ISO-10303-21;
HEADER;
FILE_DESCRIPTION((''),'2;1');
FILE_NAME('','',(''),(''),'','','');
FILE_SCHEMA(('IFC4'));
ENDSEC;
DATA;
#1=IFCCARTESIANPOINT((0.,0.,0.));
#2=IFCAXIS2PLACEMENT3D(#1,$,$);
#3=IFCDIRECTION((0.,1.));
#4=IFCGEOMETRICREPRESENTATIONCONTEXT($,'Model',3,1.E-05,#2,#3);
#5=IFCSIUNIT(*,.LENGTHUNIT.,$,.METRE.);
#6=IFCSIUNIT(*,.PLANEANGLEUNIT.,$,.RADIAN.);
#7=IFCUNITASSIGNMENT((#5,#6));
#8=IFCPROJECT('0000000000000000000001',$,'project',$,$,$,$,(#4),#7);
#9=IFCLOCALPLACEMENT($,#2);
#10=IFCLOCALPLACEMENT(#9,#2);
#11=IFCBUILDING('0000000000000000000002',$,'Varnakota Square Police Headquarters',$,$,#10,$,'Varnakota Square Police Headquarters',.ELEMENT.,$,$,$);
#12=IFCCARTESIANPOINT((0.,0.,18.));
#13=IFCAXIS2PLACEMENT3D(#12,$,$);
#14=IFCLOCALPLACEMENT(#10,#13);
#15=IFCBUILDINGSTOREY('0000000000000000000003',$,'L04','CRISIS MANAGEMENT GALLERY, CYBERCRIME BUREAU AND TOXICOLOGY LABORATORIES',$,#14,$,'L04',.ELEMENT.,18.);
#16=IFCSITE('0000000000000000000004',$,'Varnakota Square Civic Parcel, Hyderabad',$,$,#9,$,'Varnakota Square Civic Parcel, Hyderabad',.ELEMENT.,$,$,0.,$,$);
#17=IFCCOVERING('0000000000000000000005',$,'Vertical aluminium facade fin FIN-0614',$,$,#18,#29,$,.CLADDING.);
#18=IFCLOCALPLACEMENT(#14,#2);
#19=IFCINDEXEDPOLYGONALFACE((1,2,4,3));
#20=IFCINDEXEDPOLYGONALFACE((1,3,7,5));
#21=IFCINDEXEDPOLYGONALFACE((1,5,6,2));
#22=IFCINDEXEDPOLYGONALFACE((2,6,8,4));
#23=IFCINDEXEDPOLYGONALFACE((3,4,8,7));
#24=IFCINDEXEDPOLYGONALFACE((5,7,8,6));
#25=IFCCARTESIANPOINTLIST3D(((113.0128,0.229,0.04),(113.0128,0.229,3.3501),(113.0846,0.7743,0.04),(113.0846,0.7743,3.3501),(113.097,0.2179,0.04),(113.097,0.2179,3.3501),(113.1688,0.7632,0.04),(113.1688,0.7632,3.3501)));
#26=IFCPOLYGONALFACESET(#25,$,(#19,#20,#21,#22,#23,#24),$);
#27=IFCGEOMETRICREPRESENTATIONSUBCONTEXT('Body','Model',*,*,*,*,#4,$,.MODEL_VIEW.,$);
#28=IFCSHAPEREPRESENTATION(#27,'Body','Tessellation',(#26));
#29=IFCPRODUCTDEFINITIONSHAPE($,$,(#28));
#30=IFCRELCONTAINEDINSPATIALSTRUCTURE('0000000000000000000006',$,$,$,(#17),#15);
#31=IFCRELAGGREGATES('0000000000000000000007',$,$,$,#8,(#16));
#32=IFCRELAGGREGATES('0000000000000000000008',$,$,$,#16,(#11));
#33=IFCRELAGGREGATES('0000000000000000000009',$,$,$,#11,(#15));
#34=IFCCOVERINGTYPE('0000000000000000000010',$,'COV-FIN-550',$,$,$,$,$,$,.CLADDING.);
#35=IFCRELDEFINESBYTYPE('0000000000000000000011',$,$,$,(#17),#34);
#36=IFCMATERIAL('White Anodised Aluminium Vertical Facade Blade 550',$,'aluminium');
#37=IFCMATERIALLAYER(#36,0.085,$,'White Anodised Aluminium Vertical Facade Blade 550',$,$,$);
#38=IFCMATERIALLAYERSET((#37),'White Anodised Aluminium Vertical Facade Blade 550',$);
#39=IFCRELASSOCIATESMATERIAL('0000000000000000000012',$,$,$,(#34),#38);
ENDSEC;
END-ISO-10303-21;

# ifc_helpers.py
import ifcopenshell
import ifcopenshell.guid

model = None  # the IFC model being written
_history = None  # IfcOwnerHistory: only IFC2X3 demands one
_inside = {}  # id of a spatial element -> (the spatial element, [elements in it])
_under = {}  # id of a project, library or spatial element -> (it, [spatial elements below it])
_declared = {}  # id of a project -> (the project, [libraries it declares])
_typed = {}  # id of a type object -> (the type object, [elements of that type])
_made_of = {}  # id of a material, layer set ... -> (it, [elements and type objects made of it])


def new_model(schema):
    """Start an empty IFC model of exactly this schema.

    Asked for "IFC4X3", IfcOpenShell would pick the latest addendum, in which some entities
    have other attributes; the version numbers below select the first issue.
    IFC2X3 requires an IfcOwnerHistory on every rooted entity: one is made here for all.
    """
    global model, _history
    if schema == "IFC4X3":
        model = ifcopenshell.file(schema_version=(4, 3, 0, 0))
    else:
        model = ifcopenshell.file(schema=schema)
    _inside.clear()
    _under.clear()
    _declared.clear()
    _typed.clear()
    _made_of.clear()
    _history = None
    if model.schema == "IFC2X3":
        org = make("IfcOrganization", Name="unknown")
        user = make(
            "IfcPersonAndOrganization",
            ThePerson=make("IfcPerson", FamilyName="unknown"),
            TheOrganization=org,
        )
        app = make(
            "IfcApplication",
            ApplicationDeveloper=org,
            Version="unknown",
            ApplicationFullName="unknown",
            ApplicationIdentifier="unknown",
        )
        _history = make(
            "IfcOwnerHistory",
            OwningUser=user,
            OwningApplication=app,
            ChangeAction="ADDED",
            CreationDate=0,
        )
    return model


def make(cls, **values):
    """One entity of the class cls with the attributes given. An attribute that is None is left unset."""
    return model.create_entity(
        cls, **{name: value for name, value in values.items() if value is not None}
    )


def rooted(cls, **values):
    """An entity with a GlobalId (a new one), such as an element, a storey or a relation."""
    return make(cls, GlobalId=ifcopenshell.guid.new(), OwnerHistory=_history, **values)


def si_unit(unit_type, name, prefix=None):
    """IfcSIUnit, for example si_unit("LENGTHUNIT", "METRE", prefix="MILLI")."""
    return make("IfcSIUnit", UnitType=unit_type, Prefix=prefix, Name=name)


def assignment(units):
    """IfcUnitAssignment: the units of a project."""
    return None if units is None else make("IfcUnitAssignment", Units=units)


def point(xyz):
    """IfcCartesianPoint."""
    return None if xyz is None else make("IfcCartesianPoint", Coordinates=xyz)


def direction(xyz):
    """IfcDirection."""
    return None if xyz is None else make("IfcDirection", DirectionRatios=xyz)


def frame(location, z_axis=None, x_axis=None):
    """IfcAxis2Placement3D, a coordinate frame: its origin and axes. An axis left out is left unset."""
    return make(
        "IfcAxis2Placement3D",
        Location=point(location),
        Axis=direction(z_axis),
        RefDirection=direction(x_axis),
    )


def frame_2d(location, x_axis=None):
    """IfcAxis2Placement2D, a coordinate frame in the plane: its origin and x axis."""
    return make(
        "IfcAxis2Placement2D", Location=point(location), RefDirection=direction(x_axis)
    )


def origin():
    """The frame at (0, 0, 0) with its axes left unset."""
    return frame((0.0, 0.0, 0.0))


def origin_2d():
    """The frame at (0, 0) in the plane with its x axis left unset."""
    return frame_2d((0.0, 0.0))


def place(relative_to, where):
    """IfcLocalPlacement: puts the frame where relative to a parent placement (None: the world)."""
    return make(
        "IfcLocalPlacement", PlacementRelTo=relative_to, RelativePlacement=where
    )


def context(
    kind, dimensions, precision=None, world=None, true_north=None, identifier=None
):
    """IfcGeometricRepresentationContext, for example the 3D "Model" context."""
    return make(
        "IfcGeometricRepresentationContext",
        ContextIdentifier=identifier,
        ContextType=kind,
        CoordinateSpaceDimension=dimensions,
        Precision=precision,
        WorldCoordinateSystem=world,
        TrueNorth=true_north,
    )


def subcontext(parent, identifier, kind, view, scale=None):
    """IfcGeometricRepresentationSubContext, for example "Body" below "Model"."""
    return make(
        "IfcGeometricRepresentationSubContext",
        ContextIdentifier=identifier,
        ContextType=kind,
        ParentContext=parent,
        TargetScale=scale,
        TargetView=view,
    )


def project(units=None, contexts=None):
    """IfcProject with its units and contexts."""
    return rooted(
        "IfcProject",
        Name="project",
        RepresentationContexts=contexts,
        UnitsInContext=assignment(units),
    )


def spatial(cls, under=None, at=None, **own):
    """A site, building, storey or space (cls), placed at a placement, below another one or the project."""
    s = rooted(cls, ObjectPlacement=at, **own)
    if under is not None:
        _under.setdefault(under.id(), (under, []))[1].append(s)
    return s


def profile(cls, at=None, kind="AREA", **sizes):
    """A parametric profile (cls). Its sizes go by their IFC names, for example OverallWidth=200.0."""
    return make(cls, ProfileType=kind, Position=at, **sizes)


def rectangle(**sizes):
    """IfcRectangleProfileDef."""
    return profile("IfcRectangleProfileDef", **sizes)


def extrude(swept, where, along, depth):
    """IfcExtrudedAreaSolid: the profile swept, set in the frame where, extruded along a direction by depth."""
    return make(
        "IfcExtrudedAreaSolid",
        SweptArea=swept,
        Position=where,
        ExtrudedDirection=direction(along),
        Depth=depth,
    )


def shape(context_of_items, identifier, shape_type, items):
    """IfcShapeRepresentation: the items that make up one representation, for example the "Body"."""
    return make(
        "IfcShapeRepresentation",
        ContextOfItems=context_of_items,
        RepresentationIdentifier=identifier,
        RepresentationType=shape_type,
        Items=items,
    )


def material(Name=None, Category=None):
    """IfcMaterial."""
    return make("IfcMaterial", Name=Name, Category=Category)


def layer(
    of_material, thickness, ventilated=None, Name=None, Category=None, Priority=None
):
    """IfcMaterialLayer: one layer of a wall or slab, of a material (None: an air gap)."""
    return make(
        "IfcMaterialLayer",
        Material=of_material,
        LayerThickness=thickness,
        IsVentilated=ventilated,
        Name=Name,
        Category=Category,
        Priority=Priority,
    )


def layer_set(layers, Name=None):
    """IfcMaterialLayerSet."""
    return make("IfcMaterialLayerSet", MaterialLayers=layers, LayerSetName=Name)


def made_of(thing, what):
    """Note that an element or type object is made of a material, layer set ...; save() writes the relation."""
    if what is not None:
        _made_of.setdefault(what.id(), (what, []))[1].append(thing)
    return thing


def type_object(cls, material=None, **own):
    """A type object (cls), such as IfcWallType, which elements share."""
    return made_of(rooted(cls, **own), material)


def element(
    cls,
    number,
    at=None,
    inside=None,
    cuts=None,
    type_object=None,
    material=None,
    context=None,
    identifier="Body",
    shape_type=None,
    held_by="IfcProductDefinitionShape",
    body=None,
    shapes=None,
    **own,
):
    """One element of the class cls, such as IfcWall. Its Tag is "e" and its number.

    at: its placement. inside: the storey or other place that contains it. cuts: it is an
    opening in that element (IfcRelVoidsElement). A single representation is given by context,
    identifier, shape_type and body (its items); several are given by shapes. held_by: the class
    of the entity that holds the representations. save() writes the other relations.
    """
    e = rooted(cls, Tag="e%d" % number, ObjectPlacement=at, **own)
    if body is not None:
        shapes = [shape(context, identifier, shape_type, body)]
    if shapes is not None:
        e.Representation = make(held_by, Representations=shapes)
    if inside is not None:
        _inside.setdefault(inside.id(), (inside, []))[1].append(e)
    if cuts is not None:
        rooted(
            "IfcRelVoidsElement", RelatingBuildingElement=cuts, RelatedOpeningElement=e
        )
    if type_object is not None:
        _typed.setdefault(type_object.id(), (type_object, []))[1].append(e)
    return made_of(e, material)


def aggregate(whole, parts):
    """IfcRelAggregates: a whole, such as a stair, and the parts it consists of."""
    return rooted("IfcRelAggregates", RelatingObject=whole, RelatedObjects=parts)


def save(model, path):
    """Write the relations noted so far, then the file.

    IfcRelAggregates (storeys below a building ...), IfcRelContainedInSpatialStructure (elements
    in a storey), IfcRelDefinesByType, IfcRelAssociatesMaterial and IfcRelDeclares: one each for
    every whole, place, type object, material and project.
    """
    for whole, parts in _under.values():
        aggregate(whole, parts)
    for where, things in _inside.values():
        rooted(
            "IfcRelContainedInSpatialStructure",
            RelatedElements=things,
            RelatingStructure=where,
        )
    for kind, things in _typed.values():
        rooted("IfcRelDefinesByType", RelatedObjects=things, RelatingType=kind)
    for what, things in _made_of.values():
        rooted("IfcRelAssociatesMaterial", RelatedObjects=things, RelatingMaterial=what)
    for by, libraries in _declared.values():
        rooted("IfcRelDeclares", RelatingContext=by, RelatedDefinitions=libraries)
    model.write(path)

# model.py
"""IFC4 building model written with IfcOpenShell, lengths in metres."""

from ifc_helpers import new_model, si_unit, direction, frame, origin, origin_2d, place, context, subcontext, project, spatial, rectangle, extrude, material, layer, layer_set, type_object, element, save


model = new_model("IFC4")

# Units and contexts
model_context = context("Model", 3, precision=1e-05, world=origin(), true_north=direction((0.0, 1.0)))
body_context = subcontext(model_context, "Body", "Model", "MODEL_VIEW")
ifc_project = project(units=[si_unit("LENGTHUNIT", "METRE"), si_unit("PLANEANGLEUNIT", "RADIAN")], contexts=[model_context])

# Site, building, storey
site_placement = place(None, origin())
site = spatial("IfcSite", under=ifc_project, at=site_placement, Name="Varnakota Square Civic Parcel, Hyderabad", LongName="Varnakota Square Civic Parcel, Hyderabad", CompositionType="ELEMENT", RefElevation=0.0)
building_placement = place(site_placement, origin())
building = spatial("IfcBuilding", under=site, at=building_placement, Name="Varnakota Square Police Headquarters", LongName="Varnakota Square Police Headquarters", CompositionType="ELEMENT")
storey_placement = place(building_placement, frame((0.0, 0.0, 18.0)))
storey = spatial("IfcBuildingStorey", under=building, at=storey_placement, Name="L04", Description="CRISIS MANAGEMENT GALLERY, CYBERCRIME BUREAU AND TOXICOLOGY LABORATORIES", LongName="L04", CompositionType="ELEMENT", Elevation=18.0)

# Covering
ifc_material_1 = material(Name="White Anodised Aluminium Vertical Facade Blade 550", Category="aluminium")
ifc_layer_1 = layer(ifc_material_1, 0.085, Name="White Anodised Aluminium Vertical Facade Blade 550")
ifc_layer_set_1 = layer_set([ifc_layer_1], Name="White Anodised Aluminium Vertical Facade Blade 550")
covering_type_1 = type_object("IfcCoveringType", Name="COV-FIN-550", PredefinedType="CLADDING", material=ifc_layer_set_1)
covering_placement = place(storey_placement, frame((113.0908, 0.4961, 0.04), z_axis=(0.0, 0.0, 1.0), x_axis=(0.991445, -0.130526, 0.0)))
element("IfcCovering", 1, at=covering_placement, inside=storey, type_object=covering_type_1, Name="Vertical aluminium facade fin FIN-0614", PredefinedType="CLADDING", context=body_context, shape_type="SweptSolid", body=[
    extrude(rectangle(XDim=0.085, YDim=0.55, at=origin_2d()), origin(), (0.0, 0.0, 1.0), 3.3101),
])

save(model, "model.ifc")
